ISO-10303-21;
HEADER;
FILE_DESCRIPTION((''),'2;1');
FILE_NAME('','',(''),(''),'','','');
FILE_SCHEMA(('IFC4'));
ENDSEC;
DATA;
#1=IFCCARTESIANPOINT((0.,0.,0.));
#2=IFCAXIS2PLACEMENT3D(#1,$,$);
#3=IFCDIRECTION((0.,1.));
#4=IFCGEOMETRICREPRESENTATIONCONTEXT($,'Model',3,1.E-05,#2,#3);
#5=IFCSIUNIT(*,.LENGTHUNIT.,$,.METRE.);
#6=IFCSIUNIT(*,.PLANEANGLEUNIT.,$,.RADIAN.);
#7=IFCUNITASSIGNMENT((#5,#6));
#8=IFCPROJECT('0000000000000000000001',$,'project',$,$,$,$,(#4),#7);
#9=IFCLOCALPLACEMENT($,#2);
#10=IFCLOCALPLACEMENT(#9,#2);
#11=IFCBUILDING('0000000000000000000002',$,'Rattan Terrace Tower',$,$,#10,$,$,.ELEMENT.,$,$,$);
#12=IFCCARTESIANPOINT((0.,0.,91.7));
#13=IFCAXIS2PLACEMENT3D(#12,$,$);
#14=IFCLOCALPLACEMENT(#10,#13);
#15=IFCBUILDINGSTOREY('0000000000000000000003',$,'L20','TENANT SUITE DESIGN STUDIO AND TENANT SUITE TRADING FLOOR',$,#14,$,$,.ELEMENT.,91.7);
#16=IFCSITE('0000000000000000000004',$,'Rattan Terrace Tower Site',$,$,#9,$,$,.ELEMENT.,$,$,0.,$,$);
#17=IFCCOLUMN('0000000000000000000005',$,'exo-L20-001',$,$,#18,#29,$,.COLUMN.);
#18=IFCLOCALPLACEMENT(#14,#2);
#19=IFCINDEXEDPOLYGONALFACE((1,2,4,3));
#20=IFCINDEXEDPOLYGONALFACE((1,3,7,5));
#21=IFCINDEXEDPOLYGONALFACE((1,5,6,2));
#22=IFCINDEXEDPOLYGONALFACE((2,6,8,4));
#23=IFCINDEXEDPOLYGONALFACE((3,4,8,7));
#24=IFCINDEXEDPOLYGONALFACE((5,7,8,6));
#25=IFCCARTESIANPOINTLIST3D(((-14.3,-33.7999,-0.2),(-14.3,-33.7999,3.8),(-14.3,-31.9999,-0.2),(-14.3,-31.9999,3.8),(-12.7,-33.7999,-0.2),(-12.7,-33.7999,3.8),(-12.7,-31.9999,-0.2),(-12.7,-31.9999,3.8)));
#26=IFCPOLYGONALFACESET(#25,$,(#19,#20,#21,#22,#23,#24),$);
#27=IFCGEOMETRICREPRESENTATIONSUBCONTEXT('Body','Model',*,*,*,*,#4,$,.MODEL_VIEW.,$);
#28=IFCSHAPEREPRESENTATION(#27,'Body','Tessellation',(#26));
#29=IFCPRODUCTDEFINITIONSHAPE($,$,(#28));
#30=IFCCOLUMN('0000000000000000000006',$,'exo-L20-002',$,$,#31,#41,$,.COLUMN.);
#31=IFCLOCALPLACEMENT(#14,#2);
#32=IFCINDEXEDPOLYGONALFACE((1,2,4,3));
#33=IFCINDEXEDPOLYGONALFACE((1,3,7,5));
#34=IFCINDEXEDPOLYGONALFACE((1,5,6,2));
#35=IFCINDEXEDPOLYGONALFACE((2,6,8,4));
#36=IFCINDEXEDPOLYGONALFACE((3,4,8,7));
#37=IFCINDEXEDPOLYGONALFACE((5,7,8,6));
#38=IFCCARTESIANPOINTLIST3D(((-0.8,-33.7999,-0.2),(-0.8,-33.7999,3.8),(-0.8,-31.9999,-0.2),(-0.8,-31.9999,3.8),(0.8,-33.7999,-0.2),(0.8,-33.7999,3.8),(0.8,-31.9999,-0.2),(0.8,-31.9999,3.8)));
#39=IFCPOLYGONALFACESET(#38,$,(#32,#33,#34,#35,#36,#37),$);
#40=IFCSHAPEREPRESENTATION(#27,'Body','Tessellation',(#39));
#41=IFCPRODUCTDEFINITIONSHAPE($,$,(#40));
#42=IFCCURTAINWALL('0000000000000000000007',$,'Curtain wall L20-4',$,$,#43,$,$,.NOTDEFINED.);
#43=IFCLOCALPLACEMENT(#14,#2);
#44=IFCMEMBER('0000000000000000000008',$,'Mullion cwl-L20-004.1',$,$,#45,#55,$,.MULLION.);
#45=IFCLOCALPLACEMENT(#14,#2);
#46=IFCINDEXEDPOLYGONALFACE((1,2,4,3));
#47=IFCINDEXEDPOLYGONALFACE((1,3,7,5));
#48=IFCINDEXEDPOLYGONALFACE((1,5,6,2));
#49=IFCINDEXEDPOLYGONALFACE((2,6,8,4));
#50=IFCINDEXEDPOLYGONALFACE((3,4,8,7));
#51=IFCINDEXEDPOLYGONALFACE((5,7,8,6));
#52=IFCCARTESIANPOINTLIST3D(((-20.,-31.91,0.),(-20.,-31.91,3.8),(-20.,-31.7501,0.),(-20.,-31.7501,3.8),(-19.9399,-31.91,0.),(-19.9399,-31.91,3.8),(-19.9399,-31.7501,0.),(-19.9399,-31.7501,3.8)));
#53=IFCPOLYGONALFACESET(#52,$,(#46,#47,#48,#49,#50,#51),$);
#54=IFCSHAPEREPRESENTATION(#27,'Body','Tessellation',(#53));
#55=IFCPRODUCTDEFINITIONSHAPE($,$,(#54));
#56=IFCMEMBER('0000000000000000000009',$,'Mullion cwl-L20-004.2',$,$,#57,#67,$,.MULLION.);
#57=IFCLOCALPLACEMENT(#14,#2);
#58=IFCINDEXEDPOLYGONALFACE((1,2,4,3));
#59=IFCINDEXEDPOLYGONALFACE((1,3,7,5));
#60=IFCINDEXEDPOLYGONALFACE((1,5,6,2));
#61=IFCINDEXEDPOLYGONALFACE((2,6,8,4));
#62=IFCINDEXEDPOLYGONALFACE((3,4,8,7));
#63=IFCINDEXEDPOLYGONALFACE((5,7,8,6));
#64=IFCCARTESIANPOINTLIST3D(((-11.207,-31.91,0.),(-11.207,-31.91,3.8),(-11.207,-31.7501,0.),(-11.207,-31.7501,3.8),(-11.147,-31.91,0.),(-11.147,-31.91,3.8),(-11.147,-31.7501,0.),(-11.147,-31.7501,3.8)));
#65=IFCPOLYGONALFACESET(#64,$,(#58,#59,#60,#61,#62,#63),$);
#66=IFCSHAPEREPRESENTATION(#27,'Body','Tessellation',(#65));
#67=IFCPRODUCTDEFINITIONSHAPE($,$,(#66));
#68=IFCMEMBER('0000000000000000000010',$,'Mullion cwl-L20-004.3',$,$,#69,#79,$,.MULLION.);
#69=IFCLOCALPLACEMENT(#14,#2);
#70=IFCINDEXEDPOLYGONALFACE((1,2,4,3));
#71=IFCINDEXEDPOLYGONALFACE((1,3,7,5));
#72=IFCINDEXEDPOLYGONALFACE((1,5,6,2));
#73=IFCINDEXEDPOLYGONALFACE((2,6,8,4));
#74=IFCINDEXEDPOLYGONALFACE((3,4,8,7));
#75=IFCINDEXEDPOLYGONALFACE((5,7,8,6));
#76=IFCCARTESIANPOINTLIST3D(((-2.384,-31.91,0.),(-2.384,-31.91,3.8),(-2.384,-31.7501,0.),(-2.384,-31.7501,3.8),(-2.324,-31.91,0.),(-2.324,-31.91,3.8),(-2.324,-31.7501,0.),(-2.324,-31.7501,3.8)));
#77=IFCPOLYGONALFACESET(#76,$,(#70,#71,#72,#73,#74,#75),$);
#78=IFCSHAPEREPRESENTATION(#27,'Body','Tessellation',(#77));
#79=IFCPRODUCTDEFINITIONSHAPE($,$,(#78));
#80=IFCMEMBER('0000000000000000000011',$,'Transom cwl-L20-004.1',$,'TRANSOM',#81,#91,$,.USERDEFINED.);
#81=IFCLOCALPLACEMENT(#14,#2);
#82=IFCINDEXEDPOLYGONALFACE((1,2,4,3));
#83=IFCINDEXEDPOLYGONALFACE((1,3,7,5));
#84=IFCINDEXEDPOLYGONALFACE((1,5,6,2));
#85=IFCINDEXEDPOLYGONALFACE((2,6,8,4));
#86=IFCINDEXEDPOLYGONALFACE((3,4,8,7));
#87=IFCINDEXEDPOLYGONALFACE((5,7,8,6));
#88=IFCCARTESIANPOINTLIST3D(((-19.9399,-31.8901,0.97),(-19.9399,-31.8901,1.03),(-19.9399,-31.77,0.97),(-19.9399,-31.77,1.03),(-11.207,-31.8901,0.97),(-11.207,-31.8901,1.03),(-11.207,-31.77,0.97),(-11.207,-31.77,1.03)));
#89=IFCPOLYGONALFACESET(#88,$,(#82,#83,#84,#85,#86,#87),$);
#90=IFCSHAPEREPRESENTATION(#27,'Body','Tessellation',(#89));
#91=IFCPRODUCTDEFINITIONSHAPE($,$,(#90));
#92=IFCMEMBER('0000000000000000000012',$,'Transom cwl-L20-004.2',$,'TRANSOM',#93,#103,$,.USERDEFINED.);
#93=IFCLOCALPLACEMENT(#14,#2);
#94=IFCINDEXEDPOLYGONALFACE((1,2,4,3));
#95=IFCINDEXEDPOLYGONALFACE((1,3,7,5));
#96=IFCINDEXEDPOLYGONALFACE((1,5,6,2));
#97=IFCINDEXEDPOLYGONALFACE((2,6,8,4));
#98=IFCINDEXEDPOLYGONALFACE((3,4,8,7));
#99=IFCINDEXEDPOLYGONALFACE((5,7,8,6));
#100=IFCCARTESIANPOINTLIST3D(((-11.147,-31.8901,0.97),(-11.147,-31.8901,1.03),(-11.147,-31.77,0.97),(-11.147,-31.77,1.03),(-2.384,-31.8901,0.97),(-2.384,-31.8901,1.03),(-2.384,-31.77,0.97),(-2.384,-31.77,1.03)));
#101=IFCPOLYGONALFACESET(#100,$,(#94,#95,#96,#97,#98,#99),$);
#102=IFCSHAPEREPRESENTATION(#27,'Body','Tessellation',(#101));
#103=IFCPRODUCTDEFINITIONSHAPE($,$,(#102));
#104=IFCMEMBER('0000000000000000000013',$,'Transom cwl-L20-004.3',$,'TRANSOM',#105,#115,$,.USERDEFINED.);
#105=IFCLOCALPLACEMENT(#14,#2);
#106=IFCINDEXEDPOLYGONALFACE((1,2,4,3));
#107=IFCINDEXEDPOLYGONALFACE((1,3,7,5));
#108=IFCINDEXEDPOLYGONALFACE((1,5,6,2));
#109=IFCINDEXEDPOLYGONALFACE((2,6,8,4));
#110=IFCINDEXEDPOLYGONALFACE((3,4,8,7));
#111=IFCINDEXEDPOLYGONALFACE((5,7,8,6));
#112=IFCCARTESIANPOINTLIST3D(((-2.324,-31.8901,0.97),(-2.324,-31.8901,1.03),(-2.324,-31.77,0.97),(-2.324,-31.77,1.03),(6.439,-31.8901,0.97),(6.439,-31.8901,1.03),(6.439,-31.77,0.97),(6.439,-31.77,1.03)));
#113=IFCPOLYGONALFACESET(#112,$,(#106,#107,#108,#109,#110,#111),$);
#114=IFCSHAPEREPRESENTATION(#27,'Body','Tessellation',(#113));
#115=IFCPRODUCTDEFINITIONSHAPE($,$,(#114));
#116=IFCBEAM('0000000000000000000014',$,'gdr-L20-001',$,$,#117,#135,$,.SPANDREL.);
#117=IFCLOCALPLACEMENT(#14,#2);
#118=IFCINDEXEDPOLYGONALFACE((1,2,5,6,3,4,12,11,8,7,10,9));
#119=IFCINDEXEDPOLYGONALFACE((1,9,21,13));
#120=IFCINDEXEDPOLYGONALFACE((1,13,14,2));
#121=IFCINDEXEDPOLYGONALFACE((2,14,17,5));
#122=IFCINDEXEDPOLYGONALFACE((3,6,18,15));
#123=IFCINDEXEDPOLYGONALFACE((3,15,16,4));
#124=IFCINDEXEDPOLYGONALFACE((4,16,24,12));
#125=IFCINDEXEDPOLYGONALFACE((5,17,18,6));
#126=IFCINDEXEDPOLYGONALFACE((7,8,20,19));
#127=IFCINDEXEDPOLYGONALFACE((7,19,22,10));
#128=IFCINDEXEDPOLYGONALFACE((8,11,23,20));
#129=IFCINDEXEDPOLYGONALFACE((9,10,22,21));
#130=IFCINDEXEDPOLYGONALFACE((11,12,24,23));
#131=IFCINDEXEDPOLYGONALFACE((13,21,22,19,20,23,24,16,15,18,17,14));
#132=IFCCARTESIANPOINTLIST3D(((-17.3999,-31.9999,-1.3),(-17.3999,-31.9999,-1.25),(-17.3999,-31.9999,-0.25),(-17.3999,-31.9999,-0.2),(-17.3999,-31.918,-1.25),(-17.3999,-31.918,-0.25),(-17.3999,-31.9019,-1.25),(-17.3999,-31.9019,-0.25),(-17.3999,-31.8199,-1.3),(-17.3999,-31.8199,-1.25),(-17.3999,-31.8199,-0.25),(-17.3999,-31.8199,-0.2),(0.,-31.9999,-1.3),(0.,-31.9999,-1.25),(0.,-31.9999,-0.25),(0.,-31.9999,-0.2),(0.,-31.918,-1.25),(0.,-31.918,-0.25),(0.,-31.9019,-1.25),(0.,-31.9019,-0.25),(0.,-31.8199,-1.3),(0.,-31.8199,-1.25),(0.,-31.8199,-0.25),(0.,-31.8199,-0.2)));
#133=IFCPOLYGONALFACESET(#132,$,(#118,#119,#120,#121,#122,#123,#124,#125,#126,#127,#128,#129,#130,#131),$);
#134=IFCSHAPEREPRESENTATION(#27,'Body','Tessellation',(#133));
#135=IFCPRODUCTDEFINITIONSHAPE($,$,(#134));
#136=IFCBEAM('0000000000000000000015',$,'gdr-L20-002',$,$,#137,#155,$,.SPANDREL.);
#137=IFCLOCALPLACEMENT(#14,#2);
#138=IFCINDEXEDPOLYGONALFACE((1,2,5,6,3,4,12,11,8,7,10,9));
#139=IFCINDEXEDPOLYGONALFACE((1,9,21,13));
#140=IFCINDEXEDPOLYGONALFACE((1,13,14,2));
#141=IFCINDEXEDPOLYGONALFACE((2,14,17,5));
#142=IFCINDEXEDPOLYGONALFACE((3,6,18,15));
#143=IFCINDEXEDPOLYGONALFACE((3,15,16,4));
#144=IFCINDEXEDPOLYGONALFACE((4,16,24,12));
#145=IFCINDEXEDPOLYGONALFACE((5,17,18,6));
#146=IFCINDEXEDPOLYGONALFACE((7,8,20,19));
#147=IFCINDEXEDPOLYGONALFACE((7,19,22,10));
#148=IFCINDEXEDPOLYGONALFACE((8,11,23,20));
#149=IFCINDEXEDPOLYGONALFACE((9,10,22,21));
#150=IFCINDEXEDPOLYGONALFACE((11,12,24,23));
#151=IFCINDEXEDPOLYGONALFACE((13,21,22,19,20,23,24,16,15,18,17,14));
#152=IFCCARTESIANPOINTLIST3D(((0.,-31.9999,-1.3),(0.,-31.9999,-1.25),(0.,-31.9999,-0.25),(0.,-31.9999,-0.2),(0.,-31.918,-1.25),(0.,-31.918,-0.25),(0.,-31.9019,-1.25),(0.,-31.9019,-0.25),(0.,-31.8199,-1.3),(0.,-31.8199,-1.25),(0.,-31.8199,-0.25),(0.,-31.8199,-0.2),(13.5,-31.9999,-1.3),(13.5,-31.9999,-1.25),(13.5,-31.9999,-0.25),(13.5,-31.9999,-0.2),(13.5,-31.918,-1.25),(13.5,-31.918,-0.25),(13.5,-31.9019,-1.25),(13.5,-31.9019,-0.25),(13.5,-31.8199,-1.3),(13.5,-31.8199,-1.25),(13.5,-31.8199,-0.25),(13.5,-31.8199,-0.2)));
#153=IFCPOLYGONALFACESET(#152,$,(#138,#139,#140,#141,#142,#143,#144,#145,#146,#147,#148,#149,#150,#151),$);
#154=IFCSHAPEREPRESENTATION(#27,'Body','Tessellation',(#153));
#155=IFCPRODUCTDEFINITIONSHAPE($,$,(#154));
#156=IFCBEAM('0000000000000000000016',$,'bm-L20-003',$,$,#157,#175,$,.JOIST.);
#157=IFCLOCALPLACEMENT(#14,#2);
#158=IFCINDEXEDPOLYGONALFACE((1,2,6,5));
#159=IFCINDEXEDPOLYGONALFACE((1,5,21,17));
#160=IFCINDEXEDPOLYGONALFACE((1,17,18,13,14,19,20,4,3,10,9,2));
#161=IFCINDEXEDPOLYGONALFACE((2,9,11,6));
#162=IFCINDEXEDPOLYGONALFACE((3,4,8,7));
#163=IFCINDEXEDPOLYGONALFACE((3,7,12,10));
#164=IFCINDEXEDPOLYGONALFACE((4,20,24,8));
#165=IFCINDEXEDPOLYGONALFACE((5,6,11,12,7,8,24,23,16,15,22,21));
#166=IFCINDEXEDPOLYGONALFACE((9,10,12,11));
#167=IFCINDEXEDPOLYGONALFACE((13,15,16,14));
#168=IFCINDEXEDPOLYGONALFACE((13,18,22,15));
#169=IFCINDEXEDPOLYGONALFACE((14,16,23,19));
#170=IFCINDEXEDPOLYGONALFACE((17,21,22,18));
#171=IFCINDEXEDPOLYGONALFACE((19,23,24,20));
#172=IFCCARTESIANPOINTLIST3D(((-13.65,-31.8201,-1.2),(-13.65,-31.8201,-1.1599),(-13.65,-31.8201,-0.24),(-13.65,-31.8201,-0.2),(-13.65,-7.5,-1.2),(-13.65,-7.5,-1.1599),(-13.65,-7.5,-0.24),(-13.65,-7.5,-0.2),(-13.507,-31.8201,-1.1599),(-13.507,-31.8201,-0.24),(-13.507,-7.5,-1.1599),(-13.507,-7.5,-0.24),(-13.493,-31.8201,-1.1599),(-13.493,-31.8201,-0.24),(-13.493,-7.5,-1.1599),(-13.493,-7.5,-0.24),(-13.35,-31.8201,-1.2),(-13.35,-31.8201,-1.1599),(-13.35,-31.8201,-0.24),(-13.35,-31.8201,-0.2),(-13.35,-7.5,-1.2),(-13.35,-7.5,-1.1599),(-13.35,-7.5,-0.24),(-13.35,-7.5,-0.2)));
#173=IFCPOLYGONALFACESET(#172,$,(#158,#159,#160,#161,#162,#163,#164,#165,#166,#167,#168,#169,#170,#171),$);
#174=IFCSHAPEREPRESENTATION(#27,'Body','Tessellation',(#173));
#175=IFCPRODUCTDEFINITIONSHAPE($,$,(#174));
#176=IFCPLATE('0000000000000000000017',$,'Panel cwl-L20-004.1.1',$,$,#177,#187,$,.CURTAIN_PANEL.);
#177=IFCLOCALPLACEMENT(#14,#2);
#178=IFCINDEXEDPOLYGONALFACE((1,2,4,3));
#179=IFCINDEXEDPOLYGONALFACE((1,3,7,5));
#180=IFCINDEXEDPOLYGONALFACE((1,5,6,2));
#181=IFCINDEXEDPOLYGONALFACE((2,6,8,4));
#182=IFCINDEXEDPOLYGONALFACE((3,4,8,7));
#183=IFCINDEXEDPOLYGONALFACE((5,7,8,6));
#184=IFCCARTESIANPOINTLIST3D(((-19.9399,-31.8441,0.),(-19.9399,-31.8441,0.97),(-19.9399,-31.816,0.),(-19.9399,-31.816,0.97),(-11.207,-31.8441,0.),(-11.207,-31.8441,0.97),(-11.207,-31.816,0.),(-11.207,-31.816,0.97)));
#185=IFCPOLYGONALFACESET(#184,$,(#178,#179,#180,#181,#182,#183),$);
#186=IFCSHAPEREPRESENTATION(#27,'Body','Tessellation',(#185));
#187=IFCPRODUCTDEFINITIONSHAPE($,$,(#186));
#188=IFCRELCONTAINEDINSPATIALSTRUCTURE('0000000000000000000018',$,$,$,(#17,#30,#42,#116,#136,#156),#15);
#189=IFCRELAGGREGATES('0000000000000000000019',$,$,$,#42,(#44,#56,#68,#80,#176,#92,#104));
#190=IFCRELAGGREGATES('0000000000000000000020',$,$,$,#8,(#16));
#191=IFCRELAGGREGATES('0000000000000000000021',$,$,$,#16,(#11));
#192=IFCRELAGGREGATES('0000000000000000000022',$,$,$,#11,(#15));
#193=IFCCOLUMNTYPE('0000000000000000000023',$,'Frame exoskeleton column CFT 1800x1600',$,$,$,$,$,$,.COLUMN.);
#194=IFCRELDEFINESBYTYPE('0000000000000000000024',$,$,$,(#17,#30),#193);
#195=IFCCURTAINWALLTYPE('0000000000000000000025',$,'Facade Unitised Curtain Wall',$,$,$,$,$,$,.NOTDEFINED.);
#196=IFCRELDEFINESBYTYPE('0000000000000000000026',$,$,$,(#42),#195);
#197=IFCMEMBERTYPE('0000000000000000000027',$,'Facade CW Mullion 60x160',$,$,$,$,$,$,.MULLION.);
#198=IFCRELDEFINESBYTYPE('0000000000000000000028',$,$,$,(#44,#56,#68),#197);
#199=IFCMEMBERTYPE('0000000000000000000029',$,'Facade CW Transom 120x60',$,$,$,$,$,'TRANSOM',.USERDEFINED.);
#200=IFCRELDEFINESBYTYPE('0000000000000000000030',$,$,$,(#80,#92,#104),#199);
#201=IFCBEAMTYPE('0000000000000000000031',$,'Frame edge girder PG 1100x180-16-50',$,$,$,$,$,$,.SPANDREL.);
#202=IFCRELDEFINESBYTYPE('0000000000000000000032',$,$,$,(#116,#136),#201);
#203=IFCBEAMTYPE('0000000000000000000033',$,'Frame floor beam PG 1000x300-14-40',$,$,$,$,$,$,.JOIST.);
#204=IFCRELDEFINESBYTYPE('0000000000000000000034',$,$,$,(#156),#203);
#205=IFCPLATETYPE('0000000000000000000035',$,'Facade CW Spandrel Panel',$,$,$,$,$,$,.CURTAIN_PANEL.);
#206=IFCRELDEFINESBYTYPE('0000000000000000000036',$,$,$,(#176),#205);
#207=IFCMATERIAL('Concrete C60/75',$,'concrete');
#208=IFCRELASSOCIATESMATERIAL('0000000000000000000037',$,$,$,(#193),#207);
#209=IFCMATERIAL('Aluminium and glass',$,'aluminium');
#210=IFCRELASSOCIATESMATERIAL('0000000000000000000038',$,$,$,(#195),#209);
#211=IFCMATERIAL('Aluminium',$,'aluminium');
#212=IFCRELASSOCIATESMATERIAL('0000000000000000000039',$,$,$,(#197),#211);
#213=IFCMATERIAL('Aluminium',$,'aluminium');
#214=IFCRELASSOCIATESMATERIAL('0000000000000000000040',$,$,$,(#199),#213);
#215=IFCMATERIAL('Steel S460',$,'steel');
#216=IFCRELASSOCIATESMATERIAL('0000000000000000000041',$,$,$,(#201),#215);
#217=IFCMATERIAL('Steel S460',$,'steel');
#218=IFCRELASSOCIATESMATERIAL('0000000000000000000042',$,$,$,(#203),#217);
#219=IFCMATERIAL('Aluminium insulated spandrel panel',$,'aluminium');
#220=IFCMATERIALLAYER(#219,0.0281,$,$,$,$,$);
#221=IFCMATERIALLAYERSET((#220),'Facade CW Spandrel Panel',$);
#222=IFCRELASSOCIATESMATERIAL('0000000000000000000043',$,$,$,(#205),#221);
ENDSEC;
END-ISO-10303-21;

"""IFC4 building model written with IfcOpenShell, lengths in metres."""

from ifc_helpers import new_model, si_unit, direction, frame, origin, origin_2d, place, context, subcontext, project, spatial, rectangle, i_section, extrude, material, layer, layer_set, material_profile, profile_set, type_object, element, aggregate, save


model = new_model("IFC4")

# Units and contexts
model_context = context("Model", 3, precision=1e-05, world=origin(), true_north=direction((0.0, 1.0)))
body_context = subcontext(model_context, "Body", "Model", "MODEL_VIEW")
ifc_project = project(units=[si_unit("LENGTHUNIT", "METRE"), si_unit("PLANEANGLEUNIT", "RADIAN")], contexts=[model_context])

# Site, building, storey
site_placement = place(None, origin())
site = spatial("IfcSite", under=ifc_project, at=site_placement, Name="Rattan Terrace Tower Site", CompositionType="ELEMENT", RefElevation=0.0)
building_placement = place(site_placement, origin())
building = spatial("IfcBuilding", under=site, at=building_placement, Name="Rattan Terrace Tower", CompositionType="ELEMENT")
storey_placement = place(building_placement, frame((0.0, 0.0, 91.7)))
storey = spatial("IfcBuildingStorey", under=building, at=storey_placement, Name="L20", Description="TENANT SUITE DESIGN STUDIO AND TENANT SUITE TRADING FLOOR", CompositionType="ELEMENT", Elevation=91.7)

# Columns
ifc_material_1 = material(Name="Concrete C60/75", Category="concrete")
ifc_material_profile_1 = material_profile(ifc_material_1, rectangle(XDim=1.6001, YDim=1.8, at=origin_2d()), Name="CFT 1800x1600")
ifc_profile_set_1 = profile_set([ifc_material_profile_1], Name="Concrete C60/75")
column_type = type_object("IfcColumnType", Name="Frame exoskeleton column CFT 1800x1600", PredefinedType="COLUMN", material=ifc_profile_set_1)
for number, where, z_axis, x_axis, name in (
    (1, (-13.5, -32.8999, -0.2), (0.0, 0.0, 1.0), (1.0, 0.0, 0.0), "exo-L20-001"),
    (2, (0.0, -32.8999, -0.2), (0.0, 0.0, 1.0), (1.0, 0.0, 0.0), "exo-L20-002"),
):
    element("IfcColumn", number, at=place(storey_placement, frame(where, z_axis=z_axis, x_axis=x_axis)), inside=storey, type_object=column_type, Name=name, PredefinedType="COLUMN", context=body_context, shape_type="SweptSolid", body=[
        extrude(rectangle(XDim=1.6001, YDim=1.8, at=origin_2d()), origin(), (0.0, 0.0, 1.0), 4.0),
    ])

# Curtain wall, members
ifc_material_2 = material(Name="Aluminium and glass", Category="aluminium")
curtain_wall_type = type_object("IfcCurtainWallType", Name="Facade Unitised Curtain Wall", PredefinedType="NOTDEFINED", material=ifc_material_2)
curtain_wall_placement = place(storey_placement, origin())
curtain_wall = element("IfcCurtainWall", 3, at=curtain_wall_placement, inside=storey, type_object=curtain_wall_type, Name="Curtain wall L20-4", PredefinedType="NOTDEFINED")
ifc_material_3 = material(Name="Aluminium", Category="aluminium")
ifc_material_profile_2 = material_profile(ifc_material_3, rectangle(XDim=0.0601, YDim=0.1599, at=origin_2d()), Name="Aluminium 60x160")
ifc_profile_set_2 = profile_set([ifc_material_profile_2], Name="Aluminium")
member_type_1 = type_object("IfcMemberType", Name="Facade CW Mullion 60x160", PredefinedType="MULLION", material=ifc_profile_set_2)
member_1_placement = place(storey_placement, frame((-19.97, -31.8301, 0.0), z_axis=(0.0, 0.0, 1.0), x_axis=(1.0, 0.0, 0.0)))
member_1 = element("IfcMember", 4, at=member_1_placement, type_object=member_type_1, Name="Mullion cwl-L20-004.1", PredefinedType="MULLION", context=body_context, shape_type="SweptSolid", body=[
    extrude(rectangle(XDim=0.0601, YDim=0.1599, at=origin_2d()), origin(), (0.0, 0.0, 1.0), 3.8),
])
member_2_placement = place(storey_placement, frame((-11.177, -31.8301, 0.0), z_axis=(0.0, 0.0, 1.0), x_axis=(1.0, 0.0, 0.0)))
member_2 = element("IfcMember", 5, at=member_2_placement, type_object=member_type_1, Name="Mullion cwl-L20-004.2", PredefinedType="MULLION", context=body_context, shape_type="SweptSolid", body=[
    extrude(rectangle(XDim=0.0601, YDim=0.1599, at=origin_2d()), origin(), (0.0, 0.0, 1.0), 3.8),
])
member_3_placement = place(storey_placement, frame((-2.354, -31.8301, 0.0), z_axis=(0.0, 0.0, 1.0), x_axis=(1.0, 0.0, 0.0)))
member_3 = element("IfcMember", 6, at=member_3_placement, type_object=member_type_1, Name="Mullion cwl-L20-004.3", PredefinedType="MULLION", context=body_context, shape_type="SweptSolid", body=[
    extrude(rectangle(XDim=0.0601, YDim=0.1599, at=origin_2d()), origin(), (0.0, 0.0, 1.0), 3.8),
])
ifc_material_4 = material(Name="Aluminium", Category="aluminium")
ifc_material_profile_3 = material_profile(ifc_material_4, rectangle(XDim=0.1201, YDim=0.0601, at=origin_2d()), Name="Aluminium 120x60")
ifc_profile_set_3 = profile_set([ifc_material_profile_3], Name="Aluminium")
member_type_2 = type_object("IfcMemberType", Name="Facade CW Transom 120x60", ElementType="TRANSOM", PredefinedType="USERDEFINED", material=ifc_profile_set_3)
member_4_placement = place(storey_placement, frame((-19.9399, -31.8301, 1.0), z_axis=(1.0, 0.0, 0.0), x_axis=(0.0, 1.0, 0.0)))
member_4 = element("IfcMember", 7, at=member_4_placement, type_object=member_type_2, Name="Transom cwl-L20-004.1", ObjectType="TRANSOM", PredefinedType="USERDEFINED", context=body_context, shape_type="SweptSolid", body=[
    extrude(rectangle(XDim=0.1201, YDim=0.0601, at=origin_2d()), origin(), (0.0, 0.0, 1.0), 8.7329),
])
member_5_placement = place(storey_placement, frame((-11.147, -31.8301, 1.0), z_axis=(1.0, 0.0, 0.0), x_axis=(0.0, 1.0, 0.0)))
member_5 = element("IfcMember", 8, at=member_5_placement, type_object=member_type_2, Name="Transom cwl-L20-004.2", ObjectType="TRANSOM", PredefinedType="USERDEFINED", context=body_context, shape_type="SweptSolid", body=[
    extrude(rectangle(XDim=0.1201, YDim=0.0601, at=origin_2d()), origin(), (0.0, 0.0, 1.0), 8.7629),
])
member_6_placement = place(storey_placement, frame((-2.324, -31.8301, 1.0), z_axis=(1.0, 0.0, 0.0), x_axis=(0.0, 1.0, 0.0)))
member_6 = element("IfcMember", 9, at=member_6_placement, type_object=member_type_2, Name="Transom cwl-L20-004.3", ObjectType="TRANSOM", PredefinedType="USERDEFINED", context=body_context, shape_type="SweptSolid", body=[
    extrude(rectangle(XDim=0.1201, YDim=0.0601, at=origin_2d()), origin(), (0.0, 0.0, 1.0), 8.7629),
])

# Beams
ifc_material_5 = material(Name="Steel S460", Category="steel")
ifc_material_profile_4 = material_profile(ifc_material_5, i_section(OverallWidth=0.1799, OverallDepth=1.1001, WebThickness=0.0161, FlangeThickness=0.05, at=origin_2d()), Name="PG 1100x180-16-50")
ifc_profile_set_4 = profile_set([ifc_material_profile_4], Name="Steel S460")
beam_type_1 = type_object("IfcBeamType", Name="Frame edge girder PG 1100x180-16-50", PredefinedType="SPANDREL", material=ifc_profile_set_4)
beam_1_placement = place(storey_placement, frame((-17.3999, -31.9099, -0.75), z_axis=(1.0, 0.0, 0.0), x_axis=(0.0, 1.0, 0.0)))
element("IfcBeam", 10, at=beam_1_placement, inside=storey, type_object=beam_type_1, Name="gdr-L20-001", PredefinedType="SPANDREL", context=body_context, shape_type="SweptSolid", body=[
    extrude(i_section(OverallWidth=0.1799, OverallDepth=1.1001, WebThickness=0.0161, FlangeThickness=0.05, at=origin_2d()), origin(), (0.0, 0.0, 1.0), 17.3999),
])
beam_2_placement = place(storey_placement, frame((0.0, -31.9099, -0.75), z_axis=(1.0, 0.0, 0.0), x_axis=(0.0, 1.0, 0.0)))
element("IfcBeam", 11, at=beam_2_placement, inside=storey, type_object=beam_type_1, Name="gdr-L20-002", PredefinedType="SPANDREL", context=body_context, shape_type="SweptSolid", body=[
    extrude(i_section(OverallWidth=0.1799, OverallDepth=1.1001, WebThickness=0.0161, FlangeThickness=0.05, at=origin_2d()), origin(), (0.0, 0.0, 1.0), 13.5),
])
ifc_material_6 = material(Name="Steel S460", Category="steel")
ifc_material_profile_5 = material_profile(ifc_material_6, i_section(OverallWidth=0.3, OverallDepth=1.0, WebThickness=0.0139, FlangeThickness=0.04, at=origin_2d()), Name="PG 1000x300-14-40")
ifc_profile_set_5 = profile_set([ifc_material_profile_5], Name="Steel S460")
beam_type_2 = type_object("IfcBeamType", Name="Frame floor beam PG 1000x300-14-40", PredefinedType="JOIST", material=ifc_profile_set_5)
beam_3_placement = place(storey_placement, frame((-13.5, -31.8201, -0.7), z_axis=(0.0, 1.0, 0.0), x_axis=(-1.0, 0.0, 0.0)))
element("IfcBeam", 12, at=beam_3_placement, inside=storey, type_object=beam_type_2, Name="bm-L20-003", PredefinedType="JOIST", context=body_context, shape_type="SweptSolid", body=[
    extrude(i_section(OverallWidth=0.3, OverallDepth=1.0, WebThickness=0.0139, FlangeThickness=0.04, at=origin_2d()), origin(), (0.0, 0.0, 1.0), 24.3201),
])

# Plate
ifc_material_7 = material(Name="Aluminium insulated spandrel panel", Category="aluminium")
ifc_layer_1 = layer(ifc_material_7, 0.0281)
ifc_layer_set_1 = layer_set([ifc_layer_1], Name="Facade CW Spandrel Panel")
plate_type_1 = type_object("IfcPlateType", Name="Facade CW Spandrel Panel", PredefinedType="CURTAIN_PANEL", material=ifc_layer_set_1)
plate_1_placement = place(storey_placement, frame((-15.5735, -31.8301, 0.0), z_axis=(0.0, 0.0, 1.0), x_axis=(1.0, 0.0, 0.0)))
plate_1 = element("IfcPlate", 13, at=plate_1_placement, type_object=plate_type_1, Name="Panel cwl-L20-004.1.1", PredefinedType="CURTAIN_PANEL", context=body_context, shape_type="SweptSolid", body=[
    extrude(rectangle(XDim=8.7329, YDim=0.0281, at=origin_2d()), origin(), (0.0, 0.0, 1.0), 0.97),
])
aggregate(curtain_wall, [member_1, member_2, member_3, member_4, plate_1, member_5, member_6])

save(model, "model.ifc")
